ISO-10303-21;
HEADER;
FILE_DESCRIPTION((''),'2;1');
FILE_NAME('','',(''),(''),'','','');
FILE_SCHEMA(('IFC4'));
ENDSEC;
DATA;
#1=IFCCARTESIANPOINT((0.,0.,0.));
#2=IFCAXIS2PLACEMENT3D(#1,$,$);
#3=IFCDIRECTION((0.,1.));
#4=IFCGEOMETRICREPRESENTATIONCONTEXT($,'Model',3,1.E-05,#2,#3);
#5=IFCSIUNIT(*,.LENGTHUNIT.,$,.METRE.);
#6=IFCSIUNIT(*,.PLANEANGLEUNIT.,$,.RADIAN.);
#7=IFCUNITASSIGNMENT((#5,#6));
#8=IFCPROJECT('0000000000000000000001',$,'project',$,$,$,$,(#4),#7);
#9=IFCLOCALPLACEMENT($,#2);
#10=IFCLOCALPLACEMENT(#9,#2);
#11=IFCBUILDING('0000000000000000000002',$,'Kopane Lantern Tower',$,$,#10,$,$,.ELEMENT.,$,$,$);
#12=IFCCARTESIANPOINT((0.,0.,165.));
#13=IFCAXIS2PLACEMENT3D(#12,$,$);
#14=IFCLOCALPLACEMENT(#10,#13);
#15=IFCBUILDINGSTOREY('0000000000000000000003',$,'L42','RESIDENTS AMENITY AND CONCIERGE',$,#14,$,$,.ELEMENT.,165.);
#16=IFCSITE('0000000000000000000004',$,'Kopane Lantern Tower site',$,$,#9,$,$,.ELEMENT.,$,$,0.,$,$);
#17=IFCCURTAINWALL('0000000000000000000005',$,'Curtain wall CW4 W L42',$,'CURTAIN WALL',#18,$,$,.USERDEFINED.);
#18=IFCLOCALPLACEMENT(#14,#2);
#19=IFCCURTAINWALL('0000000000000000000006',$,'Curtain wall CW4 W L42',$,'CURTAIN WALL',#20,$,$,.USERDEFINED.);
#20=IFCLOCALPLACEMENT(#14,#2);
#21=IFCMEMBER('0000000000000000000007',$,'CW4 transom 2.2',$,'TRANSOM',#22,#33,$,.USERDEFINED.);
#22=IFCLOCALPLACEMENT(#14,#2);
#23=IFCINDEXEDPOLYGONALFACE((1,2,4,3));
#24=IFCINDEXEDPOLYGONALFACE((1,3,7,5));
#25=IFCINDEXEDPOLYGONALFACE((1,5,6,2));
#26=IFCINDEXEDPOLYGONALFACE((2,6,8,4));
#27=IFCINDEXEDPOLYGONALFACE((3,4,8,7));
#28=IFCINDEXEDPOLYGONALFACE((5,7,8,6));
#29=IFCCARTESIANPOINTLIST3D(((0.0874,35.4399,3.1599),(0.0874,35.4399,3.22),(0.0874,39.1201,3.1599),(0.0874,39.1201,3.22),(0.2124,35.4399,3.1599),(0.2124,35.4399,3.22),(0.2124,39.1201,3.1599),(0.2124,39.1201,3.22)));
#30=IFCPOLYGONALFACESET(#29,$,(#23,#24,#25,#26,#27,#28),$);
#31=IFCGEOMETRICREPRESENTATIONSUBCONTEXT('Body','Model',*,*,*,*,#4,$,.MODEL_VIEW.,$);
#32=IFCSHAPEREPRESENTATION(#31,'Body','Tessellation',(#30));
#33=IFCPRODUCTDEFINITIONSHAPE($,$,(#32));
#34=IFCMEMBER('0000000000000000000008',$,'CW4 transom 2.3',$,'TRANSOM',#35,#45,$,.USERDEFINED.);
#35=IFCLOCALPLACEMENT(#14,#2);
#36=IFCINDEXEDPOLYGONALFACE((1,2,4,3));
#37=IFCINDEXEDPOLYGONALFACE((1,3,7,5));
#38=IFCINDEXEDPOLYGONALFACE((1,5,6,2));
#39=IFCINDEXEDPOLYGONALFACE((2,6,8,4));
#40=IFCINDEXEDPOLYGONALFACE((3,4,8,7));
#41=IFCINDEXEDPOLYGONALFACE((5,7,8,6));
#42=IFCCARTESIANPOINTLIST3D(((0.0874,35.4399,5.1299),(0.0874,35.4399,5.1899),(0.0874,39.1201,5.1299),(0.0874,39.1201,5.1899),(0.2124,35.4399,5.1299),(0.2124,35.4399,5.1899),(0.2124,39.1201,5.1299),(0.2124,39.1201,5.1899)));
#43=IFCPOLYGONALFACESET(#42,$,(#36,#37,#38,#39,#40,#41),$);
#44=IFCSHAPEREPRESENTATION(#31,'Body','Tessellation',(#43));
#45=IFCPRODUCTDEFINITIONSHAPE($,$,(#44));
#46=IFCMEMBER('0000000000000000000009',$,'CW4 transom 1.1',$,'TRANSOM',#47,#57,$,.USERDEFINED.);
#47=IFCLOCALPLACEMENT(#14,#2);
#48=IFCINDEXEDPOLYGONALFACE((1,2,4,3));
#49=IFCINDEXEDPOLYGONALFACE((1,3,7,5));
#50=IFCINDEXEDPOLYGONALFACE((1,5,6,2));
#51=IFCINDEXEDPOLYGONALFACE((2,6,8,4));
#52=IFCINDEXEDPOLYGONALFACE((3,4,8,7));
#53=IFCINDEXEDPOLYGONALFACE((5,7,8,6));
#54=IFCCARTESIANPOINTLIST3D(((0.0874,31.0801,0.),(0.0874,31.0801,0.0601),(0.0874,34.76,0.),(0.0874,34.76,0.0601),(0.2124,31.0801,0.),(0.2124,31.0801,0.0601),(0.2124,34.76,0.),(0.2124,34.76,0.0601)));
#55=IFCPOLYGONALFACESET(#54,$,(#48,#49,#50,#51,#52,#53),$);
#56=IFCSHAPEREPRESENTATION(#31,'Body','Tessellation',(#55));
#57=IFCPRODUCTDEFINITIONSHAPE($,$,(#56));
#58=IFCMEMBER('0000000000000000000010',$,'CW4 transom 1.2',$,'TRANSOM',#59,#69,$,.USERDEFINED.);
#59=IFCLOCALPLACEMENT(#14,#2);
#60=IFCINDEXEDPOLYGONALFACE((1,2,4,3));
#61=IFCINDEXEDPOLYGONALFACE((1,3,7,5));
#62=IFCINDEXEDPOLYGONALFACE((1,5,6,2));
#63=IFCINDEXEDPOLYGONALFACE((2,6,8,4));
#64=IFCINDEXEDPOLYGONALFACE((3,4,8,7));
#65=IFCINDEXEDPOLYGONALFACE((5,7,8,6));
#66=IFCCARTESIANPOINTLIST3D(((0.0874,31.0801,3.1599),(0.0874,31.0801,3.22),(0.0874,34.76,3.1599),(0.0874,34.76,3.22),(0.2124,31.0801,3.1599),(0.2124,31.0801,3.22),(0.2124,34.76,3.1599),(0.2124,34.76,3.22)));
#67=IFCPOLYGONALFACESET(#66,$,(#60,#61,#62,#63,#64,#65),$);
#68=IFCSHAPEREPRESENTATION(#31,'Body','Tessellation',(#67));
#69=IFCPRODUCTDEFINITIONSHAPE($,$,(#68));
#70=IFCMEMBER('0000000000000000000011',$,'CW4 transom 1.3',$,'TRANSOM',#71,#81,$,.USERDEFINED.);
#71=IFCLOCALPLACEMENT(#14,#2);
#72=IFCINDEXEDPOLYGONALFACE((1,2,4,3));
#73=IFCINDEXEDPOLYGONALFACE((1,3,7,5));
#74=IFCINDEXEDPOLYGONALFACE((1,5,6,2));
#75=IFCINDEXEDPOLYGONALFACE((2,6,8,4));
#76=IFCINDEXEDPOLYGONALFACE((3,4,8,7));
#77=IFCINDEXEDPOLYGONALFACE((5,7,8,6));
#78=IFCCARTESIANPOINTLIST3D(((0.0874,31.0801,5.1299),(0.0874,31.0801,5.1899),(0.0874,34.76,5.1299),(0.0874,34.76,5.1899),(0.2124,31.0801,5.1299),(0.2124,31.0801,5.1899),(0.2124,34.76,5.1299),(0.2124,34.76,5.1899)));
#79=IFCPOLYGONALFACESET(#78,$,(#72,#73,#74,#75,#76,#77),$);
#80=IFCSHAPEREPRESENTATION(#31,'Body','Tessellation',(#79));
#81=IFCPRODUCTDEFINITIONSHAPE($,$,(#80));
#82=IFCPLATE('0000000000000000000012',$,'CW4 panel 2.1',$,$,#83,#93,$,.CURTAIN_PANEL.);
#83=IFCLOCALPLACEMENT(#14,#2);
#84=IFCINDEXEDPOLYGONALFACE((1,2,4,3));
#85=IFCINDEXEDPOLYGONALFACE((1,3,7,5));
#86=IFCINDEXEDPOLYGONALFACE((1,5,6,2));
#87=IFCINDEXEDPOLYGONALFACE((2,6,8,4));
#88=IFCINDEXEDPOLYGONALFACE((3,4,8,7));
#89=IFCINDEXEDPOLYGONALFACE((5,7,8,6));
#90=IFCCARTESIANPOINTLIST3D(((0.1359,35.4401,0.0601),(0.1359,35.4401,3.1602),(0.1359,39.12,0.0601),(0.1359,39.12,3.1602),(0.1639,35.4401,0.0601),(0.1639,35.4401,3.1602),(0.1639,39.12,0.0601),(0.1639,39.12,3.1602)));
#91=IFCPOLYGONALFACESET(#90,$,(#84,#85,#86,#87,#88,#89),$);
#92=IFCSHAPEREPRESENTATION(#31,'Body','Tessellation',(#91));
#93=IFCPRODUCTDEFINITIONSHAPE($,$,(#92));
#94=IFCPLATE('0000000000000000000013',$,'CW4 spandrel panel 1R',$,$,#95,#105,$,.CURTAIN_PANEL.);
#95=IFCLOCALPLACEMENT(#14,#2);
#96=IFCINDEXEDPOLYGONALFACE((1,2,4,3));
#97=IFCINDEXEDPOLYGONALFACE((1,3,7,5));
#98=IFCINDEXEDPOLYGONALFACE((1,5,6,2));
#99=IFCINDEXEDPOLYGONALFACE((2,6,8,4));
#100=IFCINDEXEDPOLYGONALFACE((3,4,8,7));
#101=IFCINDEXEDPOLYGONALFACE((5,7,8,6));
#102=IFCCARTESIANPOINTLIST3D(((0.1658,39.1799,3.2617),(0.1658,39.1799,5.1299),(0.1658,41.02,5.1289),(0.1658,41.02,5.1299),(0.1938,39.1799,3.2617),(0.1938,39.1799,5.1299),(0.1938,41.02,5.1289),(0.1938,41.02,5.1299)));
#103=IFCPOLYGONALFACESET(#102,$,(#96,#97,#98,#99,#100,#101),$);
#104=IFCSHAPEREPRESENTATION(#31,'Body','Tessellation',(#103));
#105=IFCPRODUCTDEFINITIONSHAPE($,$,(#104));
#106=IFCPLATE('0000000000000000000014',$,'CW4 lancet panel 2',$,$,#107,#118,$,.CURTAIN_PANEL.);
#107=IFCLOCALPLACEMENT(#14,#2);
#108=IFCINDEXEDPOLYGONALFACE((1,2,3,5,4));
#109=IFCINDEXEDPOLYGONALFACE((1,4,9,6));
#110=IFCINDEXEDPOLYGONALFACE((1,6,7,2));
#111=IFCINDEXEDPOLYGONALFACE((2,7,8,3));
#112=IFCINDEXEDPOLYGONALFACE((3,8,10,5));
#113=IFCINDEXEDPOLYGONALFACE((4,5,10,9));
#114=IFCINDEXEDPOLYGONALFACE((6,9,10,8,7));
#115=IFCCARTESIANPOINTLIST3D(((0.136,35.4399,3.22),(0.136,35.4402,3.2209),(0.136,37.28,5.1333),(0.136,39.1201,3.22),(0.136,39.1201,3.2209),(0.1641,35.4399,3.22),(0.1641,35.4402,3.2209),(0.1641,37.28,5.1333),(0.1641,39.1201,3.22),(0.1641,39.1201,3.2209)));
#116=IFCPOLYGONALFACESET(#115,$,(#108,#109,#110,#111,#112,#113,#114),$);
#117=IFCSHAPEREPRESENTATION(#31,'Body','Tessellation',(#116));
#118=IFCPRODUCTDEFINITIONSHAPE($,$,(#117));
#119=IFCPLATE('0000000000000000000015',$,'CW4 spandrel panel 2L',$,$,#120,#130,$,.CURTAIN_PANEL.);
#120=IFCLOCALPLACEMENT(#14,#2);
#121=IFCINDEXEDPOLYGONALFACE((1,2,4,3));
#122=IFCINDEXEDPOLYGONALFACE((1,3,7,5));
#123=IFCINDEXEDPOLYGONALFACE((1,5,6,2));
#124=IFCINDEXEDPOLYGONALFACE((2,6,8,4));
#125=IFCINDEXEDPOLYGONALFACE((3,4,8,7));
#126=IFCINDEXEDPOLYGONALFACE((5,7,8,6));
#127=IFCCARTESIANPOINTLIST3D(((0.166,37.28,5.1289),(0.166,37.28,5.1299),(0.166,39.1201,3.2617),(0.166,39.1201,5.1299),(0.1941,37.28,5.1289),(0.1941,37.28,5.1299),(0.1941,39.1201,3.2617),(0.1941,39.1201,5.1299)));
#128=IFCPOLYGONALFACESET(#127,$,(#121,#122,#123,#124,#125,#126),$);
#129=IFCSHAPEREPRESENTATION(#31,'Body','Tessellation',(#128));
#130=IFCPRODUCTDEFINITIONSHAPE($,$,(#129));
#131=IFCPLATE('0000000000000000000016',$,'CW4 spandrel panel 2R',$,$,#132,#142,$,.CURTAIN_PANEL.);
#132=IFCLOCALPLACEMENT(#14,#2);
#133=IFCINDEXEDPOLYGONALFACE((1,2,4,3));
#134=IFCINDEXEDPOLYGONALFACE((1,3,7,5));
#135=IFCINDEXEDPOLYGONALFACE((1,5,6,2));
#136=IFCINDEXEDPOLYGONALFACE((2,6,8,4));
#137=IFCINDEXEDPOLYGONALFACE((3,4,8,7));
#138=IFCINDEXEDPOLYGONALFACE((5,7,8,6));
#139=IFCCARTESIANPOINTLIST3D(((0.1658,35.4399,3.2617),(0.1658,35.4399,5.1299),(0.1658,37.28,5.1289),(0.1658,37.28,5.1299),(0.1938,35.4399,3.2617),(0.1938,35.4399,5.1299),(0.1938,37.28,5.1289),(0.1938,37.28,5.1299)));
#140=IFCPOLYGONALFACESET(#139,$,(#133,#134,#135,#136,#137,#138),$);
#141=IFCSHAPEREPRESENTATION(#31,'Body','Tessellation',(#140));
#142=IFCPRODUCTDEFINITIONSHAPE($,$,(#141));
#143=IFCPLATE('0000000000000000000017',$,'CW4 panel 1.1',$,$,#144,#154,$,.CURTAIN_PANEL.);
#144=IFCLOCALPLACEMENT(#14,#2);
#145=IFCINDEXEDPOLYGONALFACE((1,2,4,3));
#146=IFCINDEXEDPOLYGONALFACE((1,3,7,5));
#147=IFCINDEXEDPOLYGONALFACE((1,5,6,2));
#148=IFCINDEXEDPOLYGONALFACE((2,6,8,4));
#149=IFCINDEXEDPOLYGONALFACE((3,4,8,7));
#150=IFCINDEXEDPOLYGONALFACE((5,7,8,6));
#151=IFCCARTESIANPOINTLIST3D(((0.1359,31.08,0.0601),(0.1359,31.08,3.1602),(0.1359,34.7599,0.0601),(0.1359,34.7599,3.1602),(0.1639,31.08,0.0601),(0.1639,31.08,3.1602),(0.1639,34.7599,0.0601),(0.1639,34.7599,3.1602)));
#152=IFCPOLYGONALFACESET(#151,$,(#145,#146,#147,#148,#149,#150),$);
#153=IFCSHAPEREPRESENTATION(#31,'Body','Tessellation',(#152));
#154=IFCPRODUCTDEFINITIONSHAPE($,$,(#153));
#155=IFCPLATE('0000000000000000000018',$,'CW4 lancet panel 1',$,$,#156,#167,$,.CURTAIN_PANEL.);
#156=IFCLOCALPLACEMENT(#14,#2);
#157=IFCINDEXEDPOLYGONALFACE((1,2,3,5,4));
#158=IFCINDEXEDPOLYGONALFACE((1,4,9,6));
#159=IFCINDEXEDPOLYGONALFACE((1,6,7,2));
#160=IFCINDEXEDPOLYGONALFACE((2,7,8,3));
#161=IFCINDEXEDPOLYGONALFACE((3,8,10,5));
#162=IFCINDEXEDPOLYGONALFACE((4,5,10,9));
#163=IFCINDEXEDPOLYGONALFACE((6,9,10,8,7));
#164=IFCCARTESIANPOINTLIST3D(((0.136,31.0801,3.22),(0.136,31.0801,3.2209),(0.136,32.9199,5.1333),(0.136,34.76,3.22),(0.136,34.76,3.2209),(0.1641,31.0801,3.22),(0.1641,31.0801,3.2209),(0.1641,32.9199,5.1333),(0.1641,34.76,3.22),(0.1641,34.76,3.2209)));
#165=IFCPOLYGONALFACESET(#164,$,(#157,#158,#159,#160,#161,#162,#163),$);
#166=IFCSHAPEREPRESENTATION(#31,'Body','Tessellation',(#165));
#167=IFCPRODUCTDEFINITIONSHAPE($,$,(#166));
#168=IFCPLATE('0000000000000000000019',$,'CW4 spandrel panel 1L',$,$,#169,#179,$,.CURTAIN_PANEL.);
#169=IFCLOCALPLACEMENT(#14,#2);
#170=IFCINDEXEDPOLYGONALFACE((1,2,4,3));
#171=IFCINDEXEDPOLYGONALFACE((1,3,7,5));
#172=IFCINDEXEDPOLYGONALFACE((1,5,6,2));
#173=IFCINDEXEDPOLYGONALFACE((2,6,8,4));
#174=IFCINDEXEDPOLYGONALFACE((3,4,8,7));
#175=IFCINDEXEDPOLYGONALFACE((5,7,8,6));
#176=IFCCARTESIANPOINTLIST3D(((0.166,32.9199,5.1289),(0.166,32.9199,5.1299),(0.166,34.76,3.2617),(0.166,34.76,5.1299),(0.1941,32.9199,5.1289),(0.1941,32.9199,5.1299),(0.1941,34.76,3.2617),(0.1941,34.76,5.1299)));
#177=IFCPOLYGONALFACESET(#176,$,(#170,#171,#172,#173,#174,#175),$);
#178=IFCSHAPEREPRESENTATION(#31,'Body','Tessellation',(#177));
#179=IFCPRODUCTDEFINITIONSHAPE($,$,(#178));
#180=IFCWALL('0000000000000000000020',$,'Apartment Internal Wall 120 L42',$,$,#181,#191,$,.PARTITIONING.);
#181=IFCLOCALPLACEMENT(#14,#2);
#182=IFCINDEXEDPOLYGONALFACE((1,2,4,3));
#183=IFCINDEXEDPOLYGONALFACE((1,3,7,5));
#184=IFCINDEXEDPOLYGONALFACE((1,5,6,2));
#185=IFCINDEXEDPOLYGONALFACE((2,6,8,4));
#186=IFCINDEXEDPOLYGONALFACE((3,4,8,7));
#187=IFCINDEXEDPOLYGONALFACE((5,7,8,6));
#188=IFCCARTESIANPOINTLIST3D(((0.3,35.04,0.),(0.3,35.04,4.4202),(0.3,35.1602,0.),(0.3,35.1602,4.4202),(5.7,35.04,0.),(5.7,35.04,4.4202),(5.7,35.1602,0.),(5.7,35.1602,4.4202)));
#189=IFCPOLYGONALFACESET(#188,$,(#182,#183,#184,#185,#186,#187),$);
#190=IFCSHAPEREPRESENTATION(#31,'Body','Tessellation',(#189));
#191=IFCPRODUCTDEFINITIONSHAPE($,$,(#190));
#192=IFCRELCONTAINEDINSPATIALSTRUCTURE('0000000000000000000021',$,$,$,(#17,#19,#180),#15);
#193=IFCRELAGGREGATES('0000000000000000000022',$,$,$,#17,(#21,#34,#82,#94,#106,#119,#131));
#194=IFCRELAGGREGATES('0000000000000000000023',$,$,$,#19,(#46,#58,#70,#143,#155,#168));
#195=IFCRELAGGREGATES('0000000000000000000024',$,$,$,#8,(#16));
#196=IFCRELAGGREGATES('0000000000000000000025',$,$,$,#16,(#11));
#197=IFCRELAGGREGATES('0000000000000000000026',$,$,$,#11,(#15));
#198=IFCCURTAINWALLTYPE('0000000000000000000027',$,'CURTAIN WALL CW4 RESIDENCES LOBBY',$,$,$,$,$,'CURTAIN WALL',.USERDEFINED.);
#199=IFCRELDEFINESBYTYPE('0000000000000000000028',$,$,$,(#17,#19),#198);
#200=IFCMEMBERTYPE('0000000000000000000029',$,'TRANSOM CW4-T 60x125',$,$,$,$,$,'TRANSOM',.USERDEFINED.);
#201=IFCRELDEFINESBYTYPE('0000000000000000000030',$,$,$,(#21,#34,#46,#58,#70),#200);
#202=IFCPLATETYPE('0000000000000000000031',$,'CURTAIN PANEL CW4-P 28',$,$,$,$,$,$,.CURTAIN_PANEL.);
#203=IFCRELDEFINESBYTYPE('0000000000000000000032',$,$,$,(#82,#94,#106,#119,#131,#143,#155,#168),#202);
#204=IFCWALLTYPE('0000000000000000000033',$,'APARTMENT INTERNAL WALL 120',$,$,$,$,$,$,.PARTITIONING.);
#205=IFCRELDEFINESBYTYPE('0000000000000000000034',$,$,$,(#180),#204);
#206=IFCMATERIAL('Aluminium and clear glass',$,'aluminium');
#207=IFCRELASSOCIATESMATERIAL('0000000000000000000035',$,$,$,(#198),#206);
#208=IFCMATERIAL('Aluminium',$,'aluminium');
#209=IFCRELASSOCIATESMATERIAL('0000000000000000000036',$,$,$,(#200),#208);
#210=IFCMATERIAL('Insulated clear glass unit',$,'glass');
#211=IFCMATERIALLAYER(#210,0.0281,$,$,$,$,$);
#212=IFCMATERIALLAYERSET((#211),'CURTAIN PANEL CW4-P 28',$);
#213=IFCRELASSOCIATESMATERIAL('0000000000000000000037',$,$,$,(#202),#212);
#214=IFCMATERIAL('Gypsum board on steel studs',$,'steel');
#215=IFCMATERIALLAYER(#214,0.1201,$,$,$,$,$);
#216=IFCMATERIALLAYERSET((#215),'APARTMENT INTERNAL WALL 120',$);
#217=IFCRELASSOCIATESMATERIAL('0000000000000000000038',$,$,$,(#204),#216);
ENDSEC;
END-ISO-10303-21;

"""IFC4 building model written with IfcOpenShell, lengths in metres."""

from ifc_helpers import new_model, si_unit, direction, frame, frame_2d, origin, origin_2d, place, context, subcontext, project, spatial, polyline, rectangle, outline, extrude, material, layer, layer_set, material_profile, profile_set, type_object, element, aggregate, save


model = new_model("IFC4")

# Units and contexts
model_context = context("Model", 3, precision=1e-05, world=origin(), true_north=direction((0.0, 1.0)))
body_context = subcontext(model_context, "Body", "Model", "MODEL_VIEW")
ifc_project = project(units=[si_unit("LENGTHUNIT", "METRE"), si_unit("PLANEANGLEUNIT", "RADIAN")], contexts=[model_context])

# Site, building, storey
site_placement = place(None, origin())
site = spatial("IfcSite", under=ifc_project, at=site_placement, Name="Kopane Lantern Tower site", CompositionType="ELEMENT", RefElevation=0.0)
building_placement = place(site_placement, origin())
building = spatial("IfcBuilding", under=site, at=building_placement, Name="Kopane Lantern Tower", CompositionType="ELEMENT")
storey_placement = place(building_placement, frame((0.0, 0.0, 165.0)))
storey = spatial("IfcBuildingStorey", under=building, at=storey_placement, Name="L42", Description="RESIDENTS AMENITY AND CONCIERGE", CompositionType="ELEMENT", Elevation=165.0)

# Curtain walls
ifc_material_1 = material(Name="Aluminium and clear glass", Category="aluminium")
curtain_wall_type = type_object("IfcCurtainWallType", Name="CURTAIN WALL CW4 RESIDENCES LOBBY", ElementType="CURTAIN WALL", PredefinedType="USERDEFINED", material=ifc_material_1)
curtain_wall_1_placement = place(storey_placement, origin())
curtain_wall_1 = element("IfcCurtainWall", 1, at=curtain_wall_1_placement, inside=storey, type_object=curtain_wall_type, Name="Curtain wall CW4 W L42", ObjectType="CURTAIN WALL", PredefinedType="USERDEFINED")
curtain_wall_2_placement = place(storey_placement, origin())
curtain_wall_2 = element("IfcCurtainWall", 2, at=curtain_wall_2_placement, inside=storey, type_object=curtain_wall_type, Name="Curtain wall CW4 W L42", ObjectType="CURTAIN WALL", PredefinedType="USERDEFINED")

# Members
ifc_material_2 = material(Name="Aluminium", Category="aluminium")
ifc_material_profile_1 = material_profile(ifc_material_2, rectangle(XDim=0.125, YDim=0.0601, at=origin_2d()), Name="AL 125x60")
ifc_profile_set_1 = profile_set([ifc_material_profile_1], Name="Aluminium")
member_type_1 = type_object("IfcMemberType", Name="TRANSOM CW4-T 60x125", ElementType="TRANSOM", PredefinedType="USERDEFINED", material=ifc_profile_set_1)
member_1_placement = place(storey_placement, frame((0.1499, 39.1201, 3.1899), z_axis=(0.0, -1.0, 0.0), x_axis=(1.0, 0.0, 0.0)))
member_1 = element("IfcMember", 3, at=member_1_placement, type_object=member_type_1, Name="CW4 transom 2.2", ObjectType="TRANSOM", PredefinedType="USERDEFINED", context=body_context, shape_type="SweptSolid", body=[
    extrude(rectangle(XDim=0.125, YDim=0.0601, at=origin_2d()), origin(), (0.0, 0.0, 1.0), 3.6802),
])
member_2_placement = place(storey_placement, frame((0.1499, 39.1201, 5.1599), z_axis=(0.0, -1.0, 0.0), x_axis=(1.0, 0.0, 0.0)))
member_2 = element("IfcMember", 4, at=member_2_placement, type_object=member_type_1, Name="CW4 transom 2.3", ObjectType="TRANSOM", PredefinedType="USERDEFINED", context=body_context, shape_type="SweptSolid", body=[
    extrude(rectangle(XDim=0.125, YDim=0.0601, at=origin_2d()), origin(), (0.0, 0.0, 1.0), 3.6802),
])
member_3_placement = place(storey_placement, frame((0.1499, 34.76, 0.03), z_axis=(0.0, -1.0, 0.0), x_axis=(1.0, 0.0, 0.0)))
member_3 = element("IfcMember", 5, at=member_3_placement, type_object=member_type_1, Name="CW4 transom 1.1", ObjectType="TRANSOM", PredefinedType="USERDEFINED", context=body_context, shape_type="SweptSolid", body=[
    extrude(rectangle(XDim=0.125, YDim=0.0601, at=origin_2d()), origin(), (0.0, 0.0, 1.0), 3.6799),
])
member_4_placement = place(storey_placement, frame((0.1499, 34.76, 3.1899), z_axis=(0.0, -1.0, 0.0), x_axis=(1.0, 0.0, 0.0)))
member_4 = element("IfcMember", 6, at=member_4_placement, type_object=member_type_1, Name="CW4 transom 1.2", ObjectType="TRANSOM", PredefinedType="USERDEFINED", context=body_context, shape_type="SweptSolid", body=[
    extrude(rectangle(XDim=0.125, YDim=0.0601, at=origin_2d()), origin(), (0.0, 0.0, 1.0), 3.6799),
])
member_5_placement = place(storey_placement, frame((0.1499, 34.76, 5.1599), z_axis=(0.0, -1.0, 0.0), x_axis=(1.0, 0.0, 0.0)))
member_5 = element("IfcMember", 7, at=member_5_placement, type_object=member_type_1, Name="CW4 transom 1.3", ObjectType="TRANSOM", PredefinedType="USERDEFINED", context=body_context, shape_type="SweptSolid", body=[
    extrude(rectangle(XDim=0.125, YDim=0.0601, at=origin_2d()), origin(), (0.0, 0.0, 1.0), 3.6799),
])

# Plates
ifc_material_3 = material(Name="Insulated clear glass unit", Category="glass")
ifc_layer_1 = layer(ifc_material_3, 0.0281)
ifc_layer_set_1 = layer_set([ifc_layer_1], Name="CURTAIN PANEL CW4-P 28")
plate_type = type_object("IfcPlateType", Name="CURTAIN PANEL CW4-P 28", PredefinedType="CURTAIN_PANEL", material=ifc_layer_set_1)
plate_1_placement = place(storey_placement, frame((0.1499, 37.28, 0.0601), z_axis=(0.0, 0.0, 1.0), x_axis=(0.0, -1.0, 0.0)))
plate_1 = element("IfcPlate", 8, at=plate_1_placement, type_object=plate_type, Name="CW4 panel 2.1", PredefinedType="CURTAIN_PANEL", context=body_context, shape_type="SweptSolid", body=[
    extrude(rectangle(XDim=3.6799, YDim=0.0281, at=origin_2d()), origin(), (0.0, 0.0, 1.0), 3.1001),
])
plate_2_placement = place(storey_placement, frame((0.1799, 39.1799, 5.1299), z_axis=(0.0, 0.0, 1.0), x_axis=(0.0, 1.0, 0.0)))
plate_2 = element("IfcPlate", 9, at=plate_2_placement, type_object=plate_type, Name="CW4 spandrel panel 1R", PredefinedType="CURTAIN_PANEL", context=body_context, shape_type="SweptSolid", body=[
    extrude(outline(polyline([(0.0, 0.0), (1.8401, 0.0), (1.8401, -0.001), (0.0, -1.8682), (0.0, 0.0)])), frame((0.0, 0.0142, 0.0), z_axis=(0.0, -1.0, 0.0), x_axis=(1.0, 0.0, 0.0)), (0.0, 0.0, 1.0), 0.0281),
])
plate_3_placement = place(storey_placement, frame((0.1499, 39.1201, 3.22), z_axis=(0.0, 0.0, 1.0), x_axis=(0.0, -1.0, 0.0)))
plate_3 = element("IfcPlate", 10, at=plate_3_placement, type_object=plate_type, Name="CW4 lancet panel 2", PredefinedType="CURTAIN_PANEL", context=body_context, shape_type="SweptSolid", body=[
    extrude(outline(polyline([(0.0, 0.0), (3.6802, 0.0), (3.6799, 0.001), (1.8401, 1.9133), (0.0, 0.001), (0.0, 0.0)])), frame((0.0, 0.0142, 0.0), z_axis=(0.0, -1.0, 0.0), x_axis=(1.0, 0.0, 0.0)), (0.0, 0.0, 1.0), 0.0281),
])
plate_4_placement = place(storey_placement, frame((0.1799, 39.1201, 5.1299), z_axis=(0.0, 0.0, 1.0), x_axis=(0.0, -1.0, 0.0)))
plate_4 = element("IfcPlate", 11, at=plate_4_placement, type_object=plate_type, Name="CW4 spandrel panel 2L", PredefinedType="CURTAIN_PANEL", context=body_context, shape_type="SweptSolid", body=[
    extrude(outline(polyline([(0.0, 0.0), (1.8401, 0.0), (1.8401, -0.001), (0.0, -1.8682), (0.0, 0.0)])), frame((0.0, 0.0142, 0.0), z_axis=(0.0, -1.0, 0.0), x_axis=(1.0, 0.0, 0.0)), (0.0, 0.0, 1.0), 0.0281),
])
plate_5_placement = place(storey_placement, frame((0.1799, 35.4399, 5.1299), z_axis=(0.0, 0.0, 1.0), x_axis=(0.0, 1.0, 0.0)))
plate_5 = element("IfcPlate", 12, at=plate_5_placement, type_object=plate_type, Name="CW4 spandrel panel 2R", PredefinedType="CURTAIN_PANEL", context=body_context, shape_type="SweptSolid", body=[
    extrude(outline(polyline([(0.0, 0.0), (1.8401, 0.0), (1.8401, -0.001), (0.0, -1.8682), (0.0, 0.0)])), frame((0.0, 0.0142, 0.0), z_axis=(0.0, -1.0, 0.0), x_axis=(1.0, 0.0, 0.0)), (0.0, 0.0, 1.0), 0.0281),
])
aggregate(curtain_wall_1, [member_1, member_2, plate_1, plate_2, plate_3, plate_4, plate_5])
plate_6_placement = place(storey_placement, frame((0.1499, 32.9199, 0.0601), z_axis=(0.0, 0.0, 1.0), x_axis=(0.0, -1.0, 0.0)))
plate_6 = element("IfcPlate", 13, at=plate_6_placement, type_object=plate_type, Name="CW4 panel 1.1", PredefinedType="CURTAIN_PANEL", context=body_context, shape_type="SweptSolid", body=[
    extrude(rectangle(XDim=3.6799, YDim=0.0281, at=origin_2d()), origin(), (0.0, 0.0, 1.0), 3.1001),
])
plate_7_placement = place(storey_placement, frame((0.1499, 34.76, 3.22), z_axis=(0.0, 0.0, 1.0), x_axis=(0.0, -1.0, 0.0)))
plate_7 = element("IfcPlate", 14, at=plate_7_placement, type_object=plate_type, Name="CW4 lancet panel 1", PredefinedType="CURTAIN_PANEL", context=body_context, shape_type="SweptSolid", body=[
    extrude(outline(polyline([(0.0, 0.0), (3.6799, 0.0), (3.6799, 0.001), (1.8401, 1.9133), (0.0, 0.001), (0.0, 0.0)])), frame((0.0, 0.0142, 0.0), z_axis=(0.0, -1.0, 0.0), x_axis=(1.0, 0.0, 0.0)), (0.0, 0.0, 1.0), 0.0281),
])
plate_8_placement = place(storey_placement, frame((0.1799, 34.76, 5.1299), z_axis=(0.0, 0.0, 1.0), x_axis=(0.0, -1.0, 0.0)))
plate_8 = element("IfcPlate", 15, at=plate_8_placement, type_object=plate_type, Name="CW4 spandrel panel 1L", PredefinedType="CURTAIN_PANEL", context=body_context, shape_type="SweptSolid", body=[
    extrude(outline(polyline([(0.0, 0.0), (1.8401, 0.0), (1.8401, -0.001), (0.0, -1.8682), (0.0, 0.0)])), frame((0.0, 0.0142, 0.0), z_axis=(0.0, -1.0, 0.0), x_axis=(1.0, 0.0, 0.0)), (0.0, 0.0, 1.0), 0.0281),
])
aggregate(curtain_wall_2, [member_3, member_4, member_5, plate_6, plate_7, plate_8])

# Wall
ifc_material_4 = material(Name="Gypsum board on steel studs", Category="steel")
ifc_layer_2 = layer(ifc_material_4, 0.1201)
ifc_layer_set_2 = layer_set([ifc_layer_2], Name="APARTMENT INTERNAL WALL 120")
wall_type_1 = type_object("IfcWallType", Name="APARTMENT INTERNAL WALL 120", PredefinedType="PARTITIONING", material=ifc_layer_set_2)
wall_1_placement = place(storey_placement, frame((5.7, 35.1001, 0.0), z_axis=(0.0, 0.0, 1.0), x_axis=(-1.0, 0.0, 0.0)))
element("IfcWall", 16, at=wall_1_placement, inside=storey, type_object=wall_type_1, Name="Apartment Internal Wall 120 L42", PredefinedType="PARTITIONING", context=body_context, shape_type="SweptSolid", body=[
    extrude(rectangle(XDim=5.3999, YDim=0.1201, at=frame_2d((2.7, 0.0))), origin(), (0.0, 0.0, 1.0), 4.4202),
])

save(model, "model.ifc")
